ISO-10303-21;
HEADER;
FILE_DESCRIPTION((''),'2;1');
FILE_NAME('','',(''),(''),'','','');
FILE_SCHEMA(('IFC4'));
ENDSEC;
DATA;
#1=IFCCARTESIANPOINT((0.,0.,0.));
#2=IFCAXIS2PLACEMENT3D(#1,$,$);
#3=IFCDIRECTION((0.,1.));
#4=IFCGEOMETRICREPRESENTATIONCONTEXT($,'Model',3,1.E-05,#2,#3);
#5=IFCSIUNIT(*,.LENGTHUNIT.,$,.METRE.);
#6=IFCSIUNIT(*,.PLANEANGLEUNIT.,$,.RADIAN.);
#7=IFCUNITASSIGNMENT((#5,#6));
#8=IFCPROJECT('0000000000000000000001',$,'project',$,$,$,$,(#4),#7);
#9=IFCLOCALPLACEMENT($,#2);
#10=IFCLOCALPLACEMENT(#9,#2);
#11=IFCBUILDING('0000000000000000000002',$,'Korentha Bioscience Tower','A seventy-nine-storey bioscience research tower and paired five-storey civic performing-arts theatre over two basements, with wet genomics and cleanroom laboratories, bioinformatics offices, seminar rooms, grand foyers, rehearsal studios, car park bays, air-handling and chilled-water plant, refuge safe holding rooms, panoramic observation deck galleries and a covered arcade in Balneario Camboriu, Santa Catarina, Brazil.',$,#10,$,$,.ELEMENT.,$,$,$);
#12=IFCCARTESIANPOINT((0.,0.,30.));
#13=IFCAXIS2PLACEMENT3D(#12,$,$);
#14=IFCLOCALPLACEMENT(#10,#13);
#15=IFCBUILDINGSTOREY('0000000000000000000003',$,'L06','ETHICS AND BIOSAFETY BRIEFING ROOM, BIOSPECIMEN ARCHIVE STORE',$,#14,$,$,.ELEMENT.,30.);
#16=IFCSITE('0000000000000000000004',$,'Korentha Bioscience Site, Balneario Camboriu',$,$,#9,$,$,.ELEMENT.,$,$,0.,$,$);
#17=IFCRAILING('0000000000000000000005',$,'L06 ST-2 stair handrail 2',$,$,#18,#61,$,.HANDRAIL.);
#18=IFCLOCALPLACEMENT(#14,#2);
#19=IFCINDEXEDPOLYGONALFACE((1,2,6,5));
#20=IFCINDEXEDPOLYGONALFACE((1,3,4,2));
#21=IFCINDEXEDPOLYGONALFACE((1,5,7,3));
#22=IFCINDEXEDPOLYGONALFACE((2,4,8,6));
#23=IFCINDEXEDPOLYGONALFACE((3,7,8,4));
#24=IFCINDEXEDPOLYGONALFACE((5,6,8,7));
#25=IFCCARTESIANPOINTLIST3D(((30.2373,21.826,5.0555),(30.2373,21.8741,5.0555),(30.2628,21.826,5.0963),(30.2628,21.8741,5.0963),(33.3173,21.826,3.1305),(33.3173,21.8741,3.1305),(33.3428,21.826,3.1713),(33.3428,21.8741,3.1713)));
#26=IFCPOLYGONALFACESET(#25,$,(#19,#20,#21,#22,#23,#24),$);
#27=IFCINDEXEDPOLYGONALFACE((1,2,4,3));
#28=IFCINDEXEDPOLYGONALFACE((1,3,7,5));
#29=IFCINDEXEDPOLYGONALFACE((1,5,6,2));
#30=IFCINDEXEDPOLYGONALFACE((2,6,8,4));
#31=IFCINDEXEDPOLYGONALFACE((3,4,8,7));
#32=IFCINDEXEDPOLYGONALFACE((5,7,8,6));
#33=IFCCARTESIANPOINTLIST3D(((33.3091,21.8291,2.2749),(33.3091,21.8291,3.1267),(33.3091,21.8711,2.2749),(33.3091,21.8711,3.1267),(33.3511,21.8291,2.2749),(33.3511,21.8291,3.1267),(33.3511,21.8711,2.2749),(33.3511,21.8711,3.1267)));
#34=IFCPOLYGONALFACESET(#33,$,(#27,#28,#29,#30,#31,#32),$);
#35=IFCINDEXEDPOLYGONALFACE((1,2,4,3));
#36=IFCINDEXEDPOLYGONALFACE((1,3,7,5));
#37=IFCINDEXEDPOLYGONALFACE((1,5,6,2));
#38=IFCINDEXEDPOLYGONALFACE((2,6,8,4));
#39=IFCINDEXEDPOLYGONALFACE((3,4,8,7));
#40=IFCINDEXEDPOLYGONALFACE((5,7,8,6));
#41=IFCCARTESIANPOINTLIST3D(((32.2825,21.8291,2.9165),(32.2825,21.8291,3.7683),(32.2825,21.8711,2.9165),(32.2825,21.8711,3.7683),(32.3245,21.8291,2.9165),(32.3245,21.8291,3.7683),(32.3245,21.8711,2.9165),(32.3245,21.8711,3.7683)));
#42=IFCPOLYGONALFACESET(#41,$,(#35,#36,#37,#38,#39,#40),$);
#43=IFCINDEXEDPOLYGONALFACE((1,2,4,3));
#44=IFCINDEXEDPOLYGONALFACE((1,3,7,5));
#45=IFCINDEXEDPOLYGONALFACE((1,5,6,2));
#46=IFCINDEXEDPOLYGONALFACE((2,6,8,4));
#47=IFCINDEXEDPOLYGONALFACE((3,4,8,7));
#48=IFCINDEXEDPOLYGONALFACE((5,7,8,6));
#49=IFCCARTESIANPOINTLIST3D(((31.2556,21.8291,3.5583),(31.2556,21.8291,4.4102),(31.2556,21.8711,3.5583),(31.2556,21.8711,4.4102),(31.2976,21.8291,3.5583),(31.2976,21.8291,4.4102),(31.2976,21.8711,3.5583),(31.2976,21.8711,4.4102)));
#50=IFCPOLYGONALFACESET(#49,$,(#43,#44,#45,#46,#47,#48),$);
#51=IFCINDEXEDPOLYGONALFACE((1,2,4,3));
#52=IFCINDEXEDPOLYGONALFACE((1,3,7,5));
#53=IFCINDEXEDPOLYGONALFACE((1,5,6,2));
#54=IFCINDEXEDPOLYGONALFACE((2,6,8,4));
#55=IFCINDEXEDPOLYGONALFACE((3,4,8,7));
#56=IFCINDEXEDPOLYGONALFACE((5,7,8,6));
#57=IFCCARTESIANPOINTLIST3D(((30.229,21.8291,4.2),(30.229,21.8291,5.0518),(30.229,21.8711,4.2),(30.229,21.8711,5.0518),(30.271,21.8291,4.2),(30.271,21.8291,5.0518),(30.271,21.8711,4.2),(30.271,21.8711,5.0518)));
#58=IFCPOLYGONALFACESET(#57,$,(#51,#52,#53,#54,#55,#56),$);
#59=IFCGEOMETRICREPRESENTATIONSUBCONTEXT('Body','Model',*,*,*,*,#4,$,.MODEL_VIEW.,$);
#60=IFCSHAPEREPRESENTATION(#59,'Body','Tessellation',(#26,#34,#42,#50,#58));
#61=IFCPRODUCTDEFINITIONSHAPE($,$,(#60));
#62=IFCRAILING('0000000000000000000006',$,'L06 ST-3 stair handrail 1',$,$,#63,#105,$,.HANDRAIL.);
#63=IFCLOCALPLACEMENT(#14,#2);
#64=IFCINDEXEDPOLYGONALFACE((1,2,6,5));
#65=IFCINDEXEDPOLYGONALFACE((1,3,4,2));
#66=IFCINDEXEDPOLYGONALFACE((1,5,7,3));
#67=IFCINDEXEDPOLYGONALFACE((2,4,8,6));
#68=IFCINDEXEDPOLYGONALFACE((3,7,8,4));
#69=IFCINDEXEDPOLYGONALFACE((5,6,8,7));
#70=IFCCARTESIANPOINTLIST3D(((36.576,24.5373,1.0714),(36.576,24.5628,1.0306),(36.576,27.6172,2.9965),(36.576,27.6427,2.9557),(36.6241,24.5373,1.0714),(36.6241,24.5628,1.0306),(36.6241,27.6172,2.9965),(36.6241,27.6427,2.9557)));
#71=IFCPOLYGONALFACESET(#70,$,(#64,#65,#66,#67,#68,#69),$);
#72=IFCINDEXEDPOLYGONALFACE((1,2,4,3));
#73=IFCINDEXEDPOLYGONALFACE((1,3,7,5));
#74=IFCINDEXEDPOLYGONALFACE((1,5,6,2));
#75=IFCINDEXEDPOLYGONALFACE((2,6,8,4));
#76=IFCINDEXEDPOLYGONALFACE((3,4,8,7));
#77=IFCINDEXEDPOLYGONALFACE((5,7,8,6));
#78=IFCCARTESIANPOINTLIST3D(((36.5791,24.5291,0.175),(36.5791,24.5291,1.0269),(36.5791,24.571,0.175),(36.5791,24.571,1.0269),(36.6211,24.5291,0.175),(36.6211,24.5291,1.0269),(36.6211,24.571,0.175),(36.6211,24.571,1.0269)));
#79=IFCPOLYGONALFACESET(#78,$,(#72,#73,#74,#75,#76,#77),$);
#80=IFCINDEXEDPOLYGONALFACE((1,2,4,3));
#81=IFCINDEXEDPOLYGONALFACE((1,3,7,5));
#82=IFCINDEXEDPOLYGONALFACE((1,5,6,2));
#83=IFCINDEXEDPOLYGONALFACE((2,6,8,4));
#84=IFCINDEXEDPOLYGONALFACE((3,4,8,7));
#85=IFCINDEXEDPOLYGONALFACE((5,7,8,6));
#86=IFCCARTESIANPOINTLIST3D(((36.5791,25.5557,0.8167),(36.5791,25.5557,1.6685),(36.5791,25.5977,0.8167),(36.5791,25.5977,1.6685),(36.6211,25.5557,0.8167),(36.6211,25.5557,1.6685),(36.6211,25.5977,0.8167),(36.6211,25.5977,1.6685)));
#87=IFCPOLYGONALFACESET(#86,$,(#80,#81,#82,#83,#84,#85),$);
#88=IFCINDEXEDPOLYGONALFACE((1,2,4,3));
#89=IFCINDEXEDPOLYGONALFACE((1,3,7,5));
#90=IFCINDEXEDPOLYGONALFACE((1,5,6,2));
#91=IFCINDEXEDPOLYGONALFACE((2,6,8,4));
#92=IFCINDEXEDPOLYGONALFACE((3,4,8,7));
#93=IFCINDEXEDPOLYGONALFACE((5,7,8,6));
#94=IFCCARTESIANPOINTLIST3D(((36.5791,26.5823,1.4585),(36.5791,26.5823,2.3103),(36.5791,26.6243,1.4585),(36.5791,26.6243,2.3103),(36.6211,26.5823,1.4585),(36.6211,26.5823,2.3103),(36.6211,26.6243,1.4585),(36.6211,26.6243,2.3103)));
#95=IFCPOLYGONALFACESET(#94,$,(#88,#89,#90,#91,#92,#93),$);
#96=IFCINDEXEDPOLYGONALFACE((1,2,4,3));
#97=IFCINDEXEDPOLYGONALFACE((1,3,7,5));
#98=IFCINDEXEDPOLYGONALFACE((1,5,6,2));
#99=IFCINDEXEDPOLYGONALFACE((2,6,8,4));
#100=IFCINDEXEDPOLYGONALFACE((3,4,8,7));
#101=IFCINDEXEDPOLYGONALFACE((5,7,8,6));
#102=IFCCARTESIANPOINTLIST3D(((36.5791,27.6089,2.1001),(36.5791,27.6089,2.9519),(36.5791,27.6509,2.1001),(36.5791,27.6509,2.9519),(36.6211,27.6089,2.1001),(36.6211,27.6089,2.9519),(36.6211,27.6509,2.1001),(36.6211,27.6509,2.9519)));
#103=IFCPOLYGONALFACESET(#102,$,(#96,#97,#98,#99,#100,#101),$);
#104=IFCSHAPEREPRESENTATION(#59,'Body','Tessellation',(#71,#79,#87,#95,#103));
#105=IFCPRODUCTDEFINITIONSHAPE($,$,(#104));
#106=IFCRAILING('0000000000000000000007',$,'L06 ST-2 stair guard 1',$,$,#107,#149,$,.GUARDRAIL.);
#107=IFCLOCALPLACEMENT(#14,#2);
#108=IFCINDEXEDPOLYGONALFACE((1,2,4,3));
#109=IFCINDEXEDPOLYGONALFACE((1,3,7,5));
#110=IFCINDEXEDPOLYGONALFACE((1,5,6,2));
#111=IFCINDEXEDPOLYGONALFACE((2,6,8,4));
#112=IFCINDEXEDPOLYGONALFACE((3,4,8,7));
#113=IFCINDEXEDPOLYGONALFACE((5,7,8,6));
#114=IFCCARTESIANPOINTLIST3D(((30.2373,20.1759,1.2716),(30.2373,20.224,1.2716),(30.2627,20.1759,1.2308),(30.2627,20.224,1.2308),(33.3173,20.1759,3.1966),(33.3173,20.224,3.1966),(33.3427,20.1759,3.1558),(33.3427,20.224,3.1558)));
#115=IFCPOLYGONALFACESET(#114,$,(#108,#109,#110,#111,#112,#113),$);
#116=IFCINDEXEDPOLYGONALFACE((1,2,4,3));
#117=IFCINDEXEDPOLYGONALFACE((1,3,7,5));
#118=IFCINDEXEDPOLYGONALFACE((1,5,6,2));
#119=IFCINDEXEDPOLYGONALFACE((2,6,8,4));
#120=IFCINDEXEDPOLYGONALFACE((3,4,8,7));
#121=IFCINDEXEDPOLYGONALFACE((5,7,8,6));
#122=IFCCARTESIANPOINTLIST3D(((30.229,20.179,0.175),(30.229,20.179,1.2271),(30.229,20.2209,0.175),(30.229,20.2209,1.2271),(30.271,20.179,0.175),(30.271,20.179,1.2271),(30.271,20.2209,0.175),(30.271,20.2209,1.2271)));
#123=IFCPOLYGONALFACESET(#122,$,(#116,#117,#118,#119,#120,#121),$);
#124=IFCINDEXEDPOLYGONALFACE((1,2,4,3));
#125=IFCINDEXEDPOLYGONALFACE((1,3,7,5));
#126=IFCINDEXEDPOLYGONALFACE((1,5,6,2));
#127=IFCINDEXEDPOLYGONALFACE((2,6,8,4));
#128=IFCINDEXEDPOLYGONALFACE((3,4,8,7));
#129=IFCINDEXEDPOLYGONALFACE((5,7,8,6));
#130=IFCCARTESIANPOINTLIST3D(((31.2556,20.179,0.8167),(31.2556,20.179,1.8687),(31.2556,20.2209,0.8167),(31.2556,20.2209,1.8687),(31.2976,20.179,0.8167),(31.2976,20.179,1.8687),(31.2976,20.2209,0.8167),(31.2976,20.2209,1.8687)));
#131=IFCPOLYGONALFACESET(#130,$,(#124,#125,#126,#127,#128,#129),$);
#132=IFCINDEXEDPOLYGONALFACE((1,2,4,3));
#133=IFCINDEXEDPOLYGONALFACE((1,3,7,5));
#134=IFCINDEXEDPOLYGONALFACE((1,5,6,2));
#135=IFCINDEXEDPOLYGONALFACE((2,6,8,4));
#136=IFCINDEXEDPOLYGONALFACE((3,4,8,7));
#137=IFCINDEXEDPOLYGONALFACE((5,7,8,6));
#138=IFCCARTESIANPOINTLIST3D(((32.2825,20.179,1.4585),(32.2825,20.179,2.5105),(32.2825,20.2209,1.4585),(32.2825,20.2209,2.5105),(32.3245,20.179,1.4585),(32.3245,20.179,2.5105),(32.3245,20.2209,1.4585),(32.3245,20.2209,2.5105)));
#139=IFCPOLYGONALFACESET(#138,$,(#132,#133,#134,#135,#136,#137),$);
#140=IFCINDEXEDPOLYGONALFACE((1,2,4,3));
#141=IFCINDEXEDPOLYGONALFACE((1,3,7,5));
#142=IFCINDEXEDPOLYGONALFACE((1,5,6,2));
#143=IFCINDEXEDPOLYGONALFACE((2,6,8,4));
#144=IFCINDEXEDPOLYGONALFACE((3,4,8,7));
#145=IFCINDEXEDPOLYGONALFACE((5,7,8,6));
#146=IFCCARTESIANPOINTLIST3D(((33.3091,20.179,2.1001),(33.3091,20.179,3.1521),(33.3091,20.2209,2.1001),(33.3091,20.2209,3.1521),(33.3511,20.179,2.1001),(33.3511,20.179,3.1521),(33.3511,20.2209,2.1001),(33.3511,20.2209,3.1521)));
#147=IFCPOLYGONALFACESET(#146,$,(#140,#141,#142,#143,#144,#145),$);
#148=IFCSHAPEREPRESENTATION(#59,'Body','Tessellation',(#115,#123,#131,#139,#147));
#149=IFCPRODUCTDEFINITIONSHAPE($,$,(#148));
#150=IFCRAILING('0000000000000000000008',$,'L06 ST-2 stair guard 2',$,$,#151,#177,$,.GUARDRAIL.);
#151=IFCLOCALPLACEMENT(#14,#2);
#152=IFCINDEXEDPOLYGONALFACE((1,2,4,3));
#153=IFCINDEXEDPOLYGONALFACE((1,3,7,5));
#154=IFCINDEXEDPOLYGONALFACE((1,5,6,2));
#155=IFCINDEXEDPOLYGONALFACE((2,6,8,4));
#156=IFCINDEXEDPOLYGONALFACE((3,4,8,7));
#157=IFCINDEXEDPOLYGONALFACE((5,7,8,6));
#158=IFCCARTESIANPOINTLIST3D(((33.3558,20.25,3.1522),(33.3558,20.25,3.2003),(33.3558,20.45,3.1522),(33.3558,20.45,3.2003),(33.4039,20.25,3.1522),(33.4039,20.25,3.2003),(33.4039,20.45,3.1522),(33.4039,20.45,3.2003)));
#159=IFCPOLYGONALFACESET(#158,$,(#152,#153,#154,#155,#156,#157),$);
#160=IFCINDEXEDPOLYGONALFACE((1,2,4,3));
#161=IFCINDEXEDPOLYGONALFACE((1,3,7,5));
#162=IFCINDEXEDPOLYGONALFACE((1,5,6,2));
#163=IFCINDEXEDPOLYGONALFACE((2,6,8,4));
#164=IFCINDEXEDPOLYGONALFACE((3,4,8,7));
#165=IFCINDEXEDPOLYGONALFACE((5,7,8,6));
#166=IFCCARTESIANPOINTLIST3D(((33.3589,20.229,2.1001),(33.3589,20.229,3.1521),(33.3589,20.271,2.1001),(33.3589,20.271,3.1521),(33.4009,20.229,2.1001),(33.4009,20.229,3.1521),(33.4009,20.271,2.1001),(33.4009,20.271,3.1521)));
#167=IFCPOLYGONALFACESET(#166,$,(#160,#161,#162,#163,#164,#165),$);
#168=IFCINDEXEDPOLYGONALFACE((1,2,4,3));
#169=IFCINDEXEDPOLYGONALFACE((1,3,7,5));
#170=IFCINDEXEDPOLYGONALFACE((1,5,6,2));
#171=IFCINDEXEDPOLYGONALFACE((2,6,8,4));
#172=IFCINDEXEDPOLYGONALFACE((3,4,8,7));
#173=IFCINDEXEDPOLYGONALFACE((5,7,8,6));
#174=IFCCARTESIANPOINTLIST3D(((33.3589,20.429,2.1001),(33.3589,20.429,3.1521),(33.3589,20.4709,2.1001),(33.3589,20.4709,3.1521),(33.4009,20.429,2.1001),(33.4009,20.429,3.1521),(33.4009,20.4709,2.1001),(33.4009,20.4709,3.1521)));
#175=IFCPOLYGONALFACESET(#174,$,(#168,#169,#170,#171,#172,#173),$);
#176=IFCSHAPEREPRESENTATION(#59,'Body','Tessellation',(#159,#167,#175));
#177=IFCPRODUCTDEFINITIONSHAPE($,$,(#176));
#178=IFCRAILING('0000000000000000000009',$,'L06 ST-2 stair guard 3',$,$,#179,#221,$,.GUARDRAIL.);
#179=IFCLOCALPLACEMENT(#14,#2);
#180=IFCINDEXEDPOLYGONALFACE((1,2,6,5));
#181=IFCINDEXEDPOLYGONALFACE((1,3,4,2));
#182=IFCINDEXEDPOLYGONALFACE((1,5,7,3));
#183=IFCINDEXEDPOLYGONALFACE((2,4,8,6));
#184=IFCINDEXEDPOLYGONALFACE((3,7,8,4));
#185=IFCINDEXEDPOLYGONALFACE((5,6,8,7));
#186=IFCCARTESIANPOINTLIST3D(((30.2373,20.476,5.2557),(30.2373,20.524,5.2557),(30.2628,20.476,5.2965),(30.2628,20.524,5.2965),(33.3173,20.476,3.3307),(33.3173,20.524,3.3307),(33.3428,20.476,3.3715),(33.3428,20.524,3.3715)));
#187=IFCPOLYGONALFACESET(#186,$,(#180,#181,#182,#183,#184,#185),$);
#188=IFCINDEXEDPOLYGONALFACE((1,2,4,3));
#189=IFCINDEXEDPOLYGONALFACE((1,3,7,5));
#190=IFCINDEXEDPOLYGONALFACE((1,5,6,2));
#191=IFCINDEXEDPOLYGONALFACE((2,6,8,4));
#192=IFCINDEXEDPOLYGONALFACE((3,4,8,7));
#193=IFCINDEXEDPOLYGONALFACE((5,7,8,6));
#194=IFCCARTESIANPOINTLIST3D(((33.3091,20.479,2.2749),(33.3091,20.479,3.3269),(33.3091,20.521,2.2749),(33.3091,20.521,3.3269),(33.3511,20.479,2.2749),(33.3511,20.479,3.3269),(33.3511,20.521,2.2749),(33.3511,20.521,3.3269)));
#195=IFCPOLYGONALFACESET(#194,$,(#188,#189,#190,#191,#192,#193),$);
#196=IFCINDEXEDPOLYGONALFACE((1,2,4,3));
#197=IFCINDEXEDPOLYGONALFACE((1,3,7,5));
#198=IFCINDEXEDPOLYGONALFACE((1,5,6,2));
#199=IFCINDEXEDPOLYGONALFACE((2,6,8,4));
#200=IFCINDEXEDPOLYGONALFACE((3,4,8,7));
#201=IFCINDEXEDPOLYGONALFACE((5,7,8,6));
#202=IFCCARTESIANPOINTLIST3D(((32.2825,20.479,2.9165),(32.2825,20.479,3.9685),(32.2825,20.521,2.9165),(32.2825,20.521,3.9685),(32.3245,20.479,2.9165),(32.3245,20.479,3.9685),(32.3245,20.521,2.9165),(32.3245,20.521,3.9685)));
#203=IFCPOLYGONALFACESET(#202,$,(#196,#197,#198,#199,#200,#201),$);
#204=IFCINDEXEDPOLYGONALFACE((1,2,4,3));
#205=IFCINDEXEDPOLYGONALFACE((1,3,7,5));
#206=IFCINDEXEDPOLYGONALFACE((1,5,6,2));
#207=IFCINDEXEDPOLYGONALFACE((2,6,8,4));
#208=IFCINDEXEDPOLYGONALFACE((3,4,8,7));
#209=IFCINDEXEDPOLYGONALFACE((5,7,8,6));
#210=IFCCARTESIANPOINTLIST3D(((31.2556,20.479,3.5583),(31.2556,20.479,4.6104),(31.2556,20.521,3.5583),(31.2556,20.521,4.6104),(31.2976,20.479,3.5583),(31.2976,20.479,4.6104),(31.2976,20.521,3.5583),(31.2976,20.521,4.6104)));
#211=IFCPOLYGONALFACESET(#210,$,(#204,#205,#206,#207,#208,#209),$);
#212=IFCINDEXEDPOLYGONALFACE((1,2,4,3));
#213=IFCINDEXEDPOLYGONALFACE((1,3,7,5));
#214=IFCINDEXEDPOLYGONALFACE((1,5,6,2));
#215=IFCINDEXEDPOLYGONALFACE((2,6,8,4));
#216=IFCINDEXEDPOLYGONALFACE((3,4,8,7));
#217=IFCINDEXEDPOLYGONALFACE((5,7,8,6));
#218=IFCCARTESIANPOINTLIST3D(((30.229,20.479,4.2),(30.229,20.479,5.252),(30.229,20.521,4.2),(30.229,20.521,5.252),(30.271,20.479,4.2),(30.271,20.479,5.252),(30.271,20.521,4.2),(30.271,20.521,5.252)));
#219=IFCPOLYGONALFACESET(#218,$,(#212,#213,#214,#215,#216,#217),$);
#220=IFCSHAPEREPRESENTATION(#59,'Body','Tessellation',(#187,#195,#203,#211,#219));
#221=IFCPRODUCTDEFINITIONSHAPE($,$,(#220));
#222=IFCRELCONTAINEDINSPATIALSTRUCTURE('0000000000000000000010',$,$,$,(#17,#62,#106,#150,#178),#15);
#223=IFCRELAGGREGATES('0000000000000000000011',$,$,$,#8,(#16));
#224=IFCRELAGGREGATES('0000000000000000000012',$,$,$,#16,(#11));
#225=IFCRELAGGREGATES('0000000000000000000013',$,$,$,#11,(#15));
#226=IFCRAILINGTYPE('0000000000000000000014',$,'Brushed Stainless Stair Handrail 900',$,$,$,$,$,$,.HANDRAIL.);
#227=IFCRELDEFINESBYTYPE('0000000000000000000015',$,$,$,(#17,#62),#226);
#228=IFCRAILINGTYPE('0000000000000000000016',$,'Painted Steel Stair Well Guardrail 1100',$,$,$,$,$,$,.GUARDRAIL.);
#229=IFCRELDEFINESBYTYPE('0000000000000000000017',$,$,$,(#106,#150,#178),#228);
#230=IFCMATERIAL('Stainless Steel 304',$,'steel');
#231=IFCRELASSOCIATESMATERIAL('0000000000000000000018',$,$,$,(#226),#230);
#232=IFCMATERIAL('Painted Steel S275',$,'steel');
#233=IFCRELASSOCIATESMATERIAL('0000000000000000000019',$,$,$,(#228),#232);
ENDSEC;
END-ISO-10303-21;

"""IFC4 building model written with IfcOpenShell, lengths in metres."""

from ifc_helpers import new_model, si_unit, direction, frame, origin, origin_2d, place, context, subcontext, project, spatial, rectangle, extrude, material, type_object, element, save


model = new_model("IFC4")

# Units and contexts
model_context = context("Model", 3, precision=1e-05, world=origin(), true_north=direction((0.0, 1.0)))
body_context = subcontext(model_context, "Body", "Model", "MODEL_VIEW")
ifc_project = project(units=[si_unit("LENGTHUNIT", "METRE"), si_unit("PLANEANGLEUNIT", "RADIAN")], contexts=[model_context])

# Site, building, storey
site_placement = place(None, origin())
site = spatial("IfcSite", under=ifc_project, at=site_placement, Name="Korentha Bioscience Site, Balneario Camboriu", CompositionType="ELEMENT", RefElevation=0.0)
building_placement = place(site_placement, origin())
building = spatial("IfcBuilding", under=site, at=building_placement, Name="Korentha Bioscience Tower", Description="A seventy-nine-storey bioscience research tower and paired five-storey civic performing-arts theatre over two basements, with wet genomics and cleanroom laboratories, bioinformatics offices, seminar rooms, grand foyers, rehearsal studios, car park bays, air-handling and chilled-water plant, refuge safe holding rooms, panoramic observation deck galleries and a covered arcade in Balneario Camboriu, Santa Catarina, Brazil.", CompositionType="ELEMENT")
storey_placement = place(building_placement, frame((0.0, 0.0, 30.0)))
storey = spatial("IfcBuildingStorey", under=building, at=storey_placement, Name="L06", Description="ETHICS AND BIOSAFETY BRIEFING ROOM, BIOSPECIMEN ARCHIVE STORE", CompositionType="ELEMENT", Elevation=30.0)

# Railings
ifc_material_1 = material(Name="Stainless Steel 304", Category="steel")
railing_type_1 = type_object("IfcRailingType", Name="Brushed Stainless Stair Handrail 900", PredefinedType="HANDRAIL", material=ifc_material_1)
railing_1_placement = place(storey_placement, frame((33.3301, 21.8501, 2.2749)))
element("IfcRailing", 1, at=railing_1_placement, inside=storey, type_object=railing_type_1, Name="L06 ST-2 stair handrail 2", PredefinedType="HANDRAIL", context=body_context, shape_type="SweptSolid", body=[
    extrude(rectangle(XDim=0.0481, YDim=0.0481, at=origin_2d()), frame((0.0, 0.0, 0.876), z_axis=(-0.847998, 0.0, 0.529999), x_axis=(0.0, -1.0, 0.0)), (0.0, 0.0, 1.0), 3.6321),
    extrude(rectangle(XDim=0.042, YDim=0.042, at=origin_2d()), origin(), (0.0, 0.0, 1.0), 0.8518),
    extrude(rectangle(XDim=0.042, YDim=0.042, at=origin_2d()), frame((-1.0266, 0.0, 0.6416)), (0.0, 0.0, 1.0), 0.8518),
    extrude(rectangle(XDim=0.042, YDim=0.042, at=origin_2d()), frame((-2.0535, 0.0, 1.2834)), (0.0, 0.0, 1.0), 0.8518),
    extrude(rectangle(XDim=0.042, YDim=0.042, at=origin_2d()), frame((-3.0801, 0.0, 1.925)), (0.0, 0.0, 1.0), 0.8518),
])
railing_2_placement = place(storey_placement, frame((36.6001, 24.55, 0.175)))
element("IfcRailing", 2, at=railing_2_placement, inside=storey, type_object=railing_type_1, Name="L06 ST-3 stair handrail 1", PredefinedType="HANDRAIL", context=body_context, shape_type="SweptSolid", body=[
    extrude(rectangle(XDim=0.0481, YDim=0.0481, at=origin_2d()), frame((0.0, 0.0, 0.876), z_axis=(0.0, 0.847979, 0.530029), x_axis=(-1.0, 0.0, 0.0)), (0.0, 0.0, 1.0), 3.6321),
    extrude(rectangle(XDim=0.042, YDim=0.042, at=origin_2d()), origin(), (0.0, 0.0, 1.0), 0.8518),
    extrude(rectangle(XDim=0.042, YDim=0.042, at=origin_2d()), frame((0.0, 1.0266, 0.6416)), (0.0, 0.0, 1.0), 0.8518),
    extrude(rectangle(XDim=0.042, YDim=0.042, at=origin_2d()), frame((0.0, 2.0532, 1.2834)), (0.0, 0.0, 1.0), 0.8518),
    extrude(rectangle(XDim=0.042, YDim=0.042, at=origin_2d()), frame((0.0, 3.0798, 1.925)), (0.0, 0.0, 1.0), 0.8518),
])
ifc_material_2 = material(Name="Painted Steel S275", Category="steel")
railing_type_2 = type_object("IfcRailingType", Name="Painted Steel Stair Well Guardrail 1100", PredefinedType="GUARDRAIL", material=ifc_material_2)
railing_3_placement = place(storey_placement, frame((30.25, 20.2, 0.175)))
element("IfcRailing", 3, at=railing_3_placement, inside=storey, type_object=railing_type_2, Name="L06 ST-2 stair guard 1", PredefinedType="GUARDRAIL", context=body_context, shape_type="SweptSolid", body=[
    extrude(rectangle(XDim=0.0481, YDim=0.0481, at=origin_2d()), frame((0.0, 0.0, 1.0762), z_axis=(0.847998, 0.0, 0.529999), x_axis=(0.0, 1.0, 0.0)), (0.0, 0.0, 1.0), 3.6321),
    extrude(rectangle(XDim=0.042, YDim=0.042, at=origin_2d()), origin(), (0.0, 0.0, 1.0), 1.052),
    extrude(rectangle(XDim=0.042, YDim=0.042, at=origin_2d()), frame((1.0266, 0.0, 0.6416)), (0.0, 0.0, 1.0), 1.052),
    extrude(rectangle(XDim=0.042, YDim=0.042, at=origin_2d()), frame((2.0535, 0.0, 1.2834)), (0.0, 0.0, 1.0), 1.052),
    extrude(rectangle(XDim=0.042, YDim=0.042, at=origin_2d()), frame((3.0801, 0.0, 1.925)), (0.0, 0.0, 1.0), 1.052),
])
railing_4_placement = place(storey_placement, frame((33.3799, 20.25, 2.1001)))
element("IfcRailing", 4, at=railing_4_placement, inside=storey, type_object=railing_type_2, Name="L06 ST-2 stair guard 2", PredefinedType="GUARDRAIL", context=body_context, shape_type="SweptSolid", body=[
    extrude(rectangle(XDim=0.0481, YDim=0.0481, at=origin_2d()), frame((0.0, 0.0, 1.0762), z_axis=(0.0, 1.0, 0.0), x_axis=(-1.0, 0.0, 0.0)), (0.0, 0.0, 1.0), 0.2),
    extrude(rectangle(XDim=0.042, YDim=0.042, at=origin_2d()), origin(), (0.0, 0.0, 1.0), 1.052),
    extrude(rectangle(XDim=0.042, YDim=0.042, at=origin_2d()), frame((0.0, 0.2, 0.0)), (0.0, 0.0, 1.0), 1.052),
])
railing_5_placement = place(storey_placement, frame((33.3301, 20.5, 2.2749)))
element("IfcRailing", 5, at=railing_5_placement, inside=storey, type_object=railing_type_2, Name="L06 ST-2 stair guard 3", PredefinedType="GUARDRAIL", context=body_context, shape_type="SweptSolid", body=[
    extrude(rectangle(XDim=0.0481, YDim=0.0481, at=origin_2d()), frame((0.0, 0.0, 1.0762), z_axis=(-0.847998, 0.0, 0.529999), x_axis=(0.0, -1.0, 0.0)), (0.0, 0.0, 1.0), 3.6321),
    extrude(rectangle(XDim=0.042, YDim=0.042, at=origin_2d()), origin(), (0.0, 0.0, 1.0), 1.052),
    extrude(rectangle(XDim=0.042, YDim=0.042, at=origin_2d()), frame((-1.0266, 0.0, 0.6416)), (0.0, 0.0, 1.0), 1.052),
    extrude(rectangle(XDim=0.042, YDim=0.042, at=origin_2d()), frame((-2.0535, 0.0, 1.2834)), (0.0, 0.0, 1.0), 1.052),
    extrude(rectangle(XDim=0.042, YDim=0.042, at=origin_2d()), frame((-3.0801, 0.0, 1.925)), (0.0, 0.0, 1.0), 1.052),
])

save(model, "model.ifc")
